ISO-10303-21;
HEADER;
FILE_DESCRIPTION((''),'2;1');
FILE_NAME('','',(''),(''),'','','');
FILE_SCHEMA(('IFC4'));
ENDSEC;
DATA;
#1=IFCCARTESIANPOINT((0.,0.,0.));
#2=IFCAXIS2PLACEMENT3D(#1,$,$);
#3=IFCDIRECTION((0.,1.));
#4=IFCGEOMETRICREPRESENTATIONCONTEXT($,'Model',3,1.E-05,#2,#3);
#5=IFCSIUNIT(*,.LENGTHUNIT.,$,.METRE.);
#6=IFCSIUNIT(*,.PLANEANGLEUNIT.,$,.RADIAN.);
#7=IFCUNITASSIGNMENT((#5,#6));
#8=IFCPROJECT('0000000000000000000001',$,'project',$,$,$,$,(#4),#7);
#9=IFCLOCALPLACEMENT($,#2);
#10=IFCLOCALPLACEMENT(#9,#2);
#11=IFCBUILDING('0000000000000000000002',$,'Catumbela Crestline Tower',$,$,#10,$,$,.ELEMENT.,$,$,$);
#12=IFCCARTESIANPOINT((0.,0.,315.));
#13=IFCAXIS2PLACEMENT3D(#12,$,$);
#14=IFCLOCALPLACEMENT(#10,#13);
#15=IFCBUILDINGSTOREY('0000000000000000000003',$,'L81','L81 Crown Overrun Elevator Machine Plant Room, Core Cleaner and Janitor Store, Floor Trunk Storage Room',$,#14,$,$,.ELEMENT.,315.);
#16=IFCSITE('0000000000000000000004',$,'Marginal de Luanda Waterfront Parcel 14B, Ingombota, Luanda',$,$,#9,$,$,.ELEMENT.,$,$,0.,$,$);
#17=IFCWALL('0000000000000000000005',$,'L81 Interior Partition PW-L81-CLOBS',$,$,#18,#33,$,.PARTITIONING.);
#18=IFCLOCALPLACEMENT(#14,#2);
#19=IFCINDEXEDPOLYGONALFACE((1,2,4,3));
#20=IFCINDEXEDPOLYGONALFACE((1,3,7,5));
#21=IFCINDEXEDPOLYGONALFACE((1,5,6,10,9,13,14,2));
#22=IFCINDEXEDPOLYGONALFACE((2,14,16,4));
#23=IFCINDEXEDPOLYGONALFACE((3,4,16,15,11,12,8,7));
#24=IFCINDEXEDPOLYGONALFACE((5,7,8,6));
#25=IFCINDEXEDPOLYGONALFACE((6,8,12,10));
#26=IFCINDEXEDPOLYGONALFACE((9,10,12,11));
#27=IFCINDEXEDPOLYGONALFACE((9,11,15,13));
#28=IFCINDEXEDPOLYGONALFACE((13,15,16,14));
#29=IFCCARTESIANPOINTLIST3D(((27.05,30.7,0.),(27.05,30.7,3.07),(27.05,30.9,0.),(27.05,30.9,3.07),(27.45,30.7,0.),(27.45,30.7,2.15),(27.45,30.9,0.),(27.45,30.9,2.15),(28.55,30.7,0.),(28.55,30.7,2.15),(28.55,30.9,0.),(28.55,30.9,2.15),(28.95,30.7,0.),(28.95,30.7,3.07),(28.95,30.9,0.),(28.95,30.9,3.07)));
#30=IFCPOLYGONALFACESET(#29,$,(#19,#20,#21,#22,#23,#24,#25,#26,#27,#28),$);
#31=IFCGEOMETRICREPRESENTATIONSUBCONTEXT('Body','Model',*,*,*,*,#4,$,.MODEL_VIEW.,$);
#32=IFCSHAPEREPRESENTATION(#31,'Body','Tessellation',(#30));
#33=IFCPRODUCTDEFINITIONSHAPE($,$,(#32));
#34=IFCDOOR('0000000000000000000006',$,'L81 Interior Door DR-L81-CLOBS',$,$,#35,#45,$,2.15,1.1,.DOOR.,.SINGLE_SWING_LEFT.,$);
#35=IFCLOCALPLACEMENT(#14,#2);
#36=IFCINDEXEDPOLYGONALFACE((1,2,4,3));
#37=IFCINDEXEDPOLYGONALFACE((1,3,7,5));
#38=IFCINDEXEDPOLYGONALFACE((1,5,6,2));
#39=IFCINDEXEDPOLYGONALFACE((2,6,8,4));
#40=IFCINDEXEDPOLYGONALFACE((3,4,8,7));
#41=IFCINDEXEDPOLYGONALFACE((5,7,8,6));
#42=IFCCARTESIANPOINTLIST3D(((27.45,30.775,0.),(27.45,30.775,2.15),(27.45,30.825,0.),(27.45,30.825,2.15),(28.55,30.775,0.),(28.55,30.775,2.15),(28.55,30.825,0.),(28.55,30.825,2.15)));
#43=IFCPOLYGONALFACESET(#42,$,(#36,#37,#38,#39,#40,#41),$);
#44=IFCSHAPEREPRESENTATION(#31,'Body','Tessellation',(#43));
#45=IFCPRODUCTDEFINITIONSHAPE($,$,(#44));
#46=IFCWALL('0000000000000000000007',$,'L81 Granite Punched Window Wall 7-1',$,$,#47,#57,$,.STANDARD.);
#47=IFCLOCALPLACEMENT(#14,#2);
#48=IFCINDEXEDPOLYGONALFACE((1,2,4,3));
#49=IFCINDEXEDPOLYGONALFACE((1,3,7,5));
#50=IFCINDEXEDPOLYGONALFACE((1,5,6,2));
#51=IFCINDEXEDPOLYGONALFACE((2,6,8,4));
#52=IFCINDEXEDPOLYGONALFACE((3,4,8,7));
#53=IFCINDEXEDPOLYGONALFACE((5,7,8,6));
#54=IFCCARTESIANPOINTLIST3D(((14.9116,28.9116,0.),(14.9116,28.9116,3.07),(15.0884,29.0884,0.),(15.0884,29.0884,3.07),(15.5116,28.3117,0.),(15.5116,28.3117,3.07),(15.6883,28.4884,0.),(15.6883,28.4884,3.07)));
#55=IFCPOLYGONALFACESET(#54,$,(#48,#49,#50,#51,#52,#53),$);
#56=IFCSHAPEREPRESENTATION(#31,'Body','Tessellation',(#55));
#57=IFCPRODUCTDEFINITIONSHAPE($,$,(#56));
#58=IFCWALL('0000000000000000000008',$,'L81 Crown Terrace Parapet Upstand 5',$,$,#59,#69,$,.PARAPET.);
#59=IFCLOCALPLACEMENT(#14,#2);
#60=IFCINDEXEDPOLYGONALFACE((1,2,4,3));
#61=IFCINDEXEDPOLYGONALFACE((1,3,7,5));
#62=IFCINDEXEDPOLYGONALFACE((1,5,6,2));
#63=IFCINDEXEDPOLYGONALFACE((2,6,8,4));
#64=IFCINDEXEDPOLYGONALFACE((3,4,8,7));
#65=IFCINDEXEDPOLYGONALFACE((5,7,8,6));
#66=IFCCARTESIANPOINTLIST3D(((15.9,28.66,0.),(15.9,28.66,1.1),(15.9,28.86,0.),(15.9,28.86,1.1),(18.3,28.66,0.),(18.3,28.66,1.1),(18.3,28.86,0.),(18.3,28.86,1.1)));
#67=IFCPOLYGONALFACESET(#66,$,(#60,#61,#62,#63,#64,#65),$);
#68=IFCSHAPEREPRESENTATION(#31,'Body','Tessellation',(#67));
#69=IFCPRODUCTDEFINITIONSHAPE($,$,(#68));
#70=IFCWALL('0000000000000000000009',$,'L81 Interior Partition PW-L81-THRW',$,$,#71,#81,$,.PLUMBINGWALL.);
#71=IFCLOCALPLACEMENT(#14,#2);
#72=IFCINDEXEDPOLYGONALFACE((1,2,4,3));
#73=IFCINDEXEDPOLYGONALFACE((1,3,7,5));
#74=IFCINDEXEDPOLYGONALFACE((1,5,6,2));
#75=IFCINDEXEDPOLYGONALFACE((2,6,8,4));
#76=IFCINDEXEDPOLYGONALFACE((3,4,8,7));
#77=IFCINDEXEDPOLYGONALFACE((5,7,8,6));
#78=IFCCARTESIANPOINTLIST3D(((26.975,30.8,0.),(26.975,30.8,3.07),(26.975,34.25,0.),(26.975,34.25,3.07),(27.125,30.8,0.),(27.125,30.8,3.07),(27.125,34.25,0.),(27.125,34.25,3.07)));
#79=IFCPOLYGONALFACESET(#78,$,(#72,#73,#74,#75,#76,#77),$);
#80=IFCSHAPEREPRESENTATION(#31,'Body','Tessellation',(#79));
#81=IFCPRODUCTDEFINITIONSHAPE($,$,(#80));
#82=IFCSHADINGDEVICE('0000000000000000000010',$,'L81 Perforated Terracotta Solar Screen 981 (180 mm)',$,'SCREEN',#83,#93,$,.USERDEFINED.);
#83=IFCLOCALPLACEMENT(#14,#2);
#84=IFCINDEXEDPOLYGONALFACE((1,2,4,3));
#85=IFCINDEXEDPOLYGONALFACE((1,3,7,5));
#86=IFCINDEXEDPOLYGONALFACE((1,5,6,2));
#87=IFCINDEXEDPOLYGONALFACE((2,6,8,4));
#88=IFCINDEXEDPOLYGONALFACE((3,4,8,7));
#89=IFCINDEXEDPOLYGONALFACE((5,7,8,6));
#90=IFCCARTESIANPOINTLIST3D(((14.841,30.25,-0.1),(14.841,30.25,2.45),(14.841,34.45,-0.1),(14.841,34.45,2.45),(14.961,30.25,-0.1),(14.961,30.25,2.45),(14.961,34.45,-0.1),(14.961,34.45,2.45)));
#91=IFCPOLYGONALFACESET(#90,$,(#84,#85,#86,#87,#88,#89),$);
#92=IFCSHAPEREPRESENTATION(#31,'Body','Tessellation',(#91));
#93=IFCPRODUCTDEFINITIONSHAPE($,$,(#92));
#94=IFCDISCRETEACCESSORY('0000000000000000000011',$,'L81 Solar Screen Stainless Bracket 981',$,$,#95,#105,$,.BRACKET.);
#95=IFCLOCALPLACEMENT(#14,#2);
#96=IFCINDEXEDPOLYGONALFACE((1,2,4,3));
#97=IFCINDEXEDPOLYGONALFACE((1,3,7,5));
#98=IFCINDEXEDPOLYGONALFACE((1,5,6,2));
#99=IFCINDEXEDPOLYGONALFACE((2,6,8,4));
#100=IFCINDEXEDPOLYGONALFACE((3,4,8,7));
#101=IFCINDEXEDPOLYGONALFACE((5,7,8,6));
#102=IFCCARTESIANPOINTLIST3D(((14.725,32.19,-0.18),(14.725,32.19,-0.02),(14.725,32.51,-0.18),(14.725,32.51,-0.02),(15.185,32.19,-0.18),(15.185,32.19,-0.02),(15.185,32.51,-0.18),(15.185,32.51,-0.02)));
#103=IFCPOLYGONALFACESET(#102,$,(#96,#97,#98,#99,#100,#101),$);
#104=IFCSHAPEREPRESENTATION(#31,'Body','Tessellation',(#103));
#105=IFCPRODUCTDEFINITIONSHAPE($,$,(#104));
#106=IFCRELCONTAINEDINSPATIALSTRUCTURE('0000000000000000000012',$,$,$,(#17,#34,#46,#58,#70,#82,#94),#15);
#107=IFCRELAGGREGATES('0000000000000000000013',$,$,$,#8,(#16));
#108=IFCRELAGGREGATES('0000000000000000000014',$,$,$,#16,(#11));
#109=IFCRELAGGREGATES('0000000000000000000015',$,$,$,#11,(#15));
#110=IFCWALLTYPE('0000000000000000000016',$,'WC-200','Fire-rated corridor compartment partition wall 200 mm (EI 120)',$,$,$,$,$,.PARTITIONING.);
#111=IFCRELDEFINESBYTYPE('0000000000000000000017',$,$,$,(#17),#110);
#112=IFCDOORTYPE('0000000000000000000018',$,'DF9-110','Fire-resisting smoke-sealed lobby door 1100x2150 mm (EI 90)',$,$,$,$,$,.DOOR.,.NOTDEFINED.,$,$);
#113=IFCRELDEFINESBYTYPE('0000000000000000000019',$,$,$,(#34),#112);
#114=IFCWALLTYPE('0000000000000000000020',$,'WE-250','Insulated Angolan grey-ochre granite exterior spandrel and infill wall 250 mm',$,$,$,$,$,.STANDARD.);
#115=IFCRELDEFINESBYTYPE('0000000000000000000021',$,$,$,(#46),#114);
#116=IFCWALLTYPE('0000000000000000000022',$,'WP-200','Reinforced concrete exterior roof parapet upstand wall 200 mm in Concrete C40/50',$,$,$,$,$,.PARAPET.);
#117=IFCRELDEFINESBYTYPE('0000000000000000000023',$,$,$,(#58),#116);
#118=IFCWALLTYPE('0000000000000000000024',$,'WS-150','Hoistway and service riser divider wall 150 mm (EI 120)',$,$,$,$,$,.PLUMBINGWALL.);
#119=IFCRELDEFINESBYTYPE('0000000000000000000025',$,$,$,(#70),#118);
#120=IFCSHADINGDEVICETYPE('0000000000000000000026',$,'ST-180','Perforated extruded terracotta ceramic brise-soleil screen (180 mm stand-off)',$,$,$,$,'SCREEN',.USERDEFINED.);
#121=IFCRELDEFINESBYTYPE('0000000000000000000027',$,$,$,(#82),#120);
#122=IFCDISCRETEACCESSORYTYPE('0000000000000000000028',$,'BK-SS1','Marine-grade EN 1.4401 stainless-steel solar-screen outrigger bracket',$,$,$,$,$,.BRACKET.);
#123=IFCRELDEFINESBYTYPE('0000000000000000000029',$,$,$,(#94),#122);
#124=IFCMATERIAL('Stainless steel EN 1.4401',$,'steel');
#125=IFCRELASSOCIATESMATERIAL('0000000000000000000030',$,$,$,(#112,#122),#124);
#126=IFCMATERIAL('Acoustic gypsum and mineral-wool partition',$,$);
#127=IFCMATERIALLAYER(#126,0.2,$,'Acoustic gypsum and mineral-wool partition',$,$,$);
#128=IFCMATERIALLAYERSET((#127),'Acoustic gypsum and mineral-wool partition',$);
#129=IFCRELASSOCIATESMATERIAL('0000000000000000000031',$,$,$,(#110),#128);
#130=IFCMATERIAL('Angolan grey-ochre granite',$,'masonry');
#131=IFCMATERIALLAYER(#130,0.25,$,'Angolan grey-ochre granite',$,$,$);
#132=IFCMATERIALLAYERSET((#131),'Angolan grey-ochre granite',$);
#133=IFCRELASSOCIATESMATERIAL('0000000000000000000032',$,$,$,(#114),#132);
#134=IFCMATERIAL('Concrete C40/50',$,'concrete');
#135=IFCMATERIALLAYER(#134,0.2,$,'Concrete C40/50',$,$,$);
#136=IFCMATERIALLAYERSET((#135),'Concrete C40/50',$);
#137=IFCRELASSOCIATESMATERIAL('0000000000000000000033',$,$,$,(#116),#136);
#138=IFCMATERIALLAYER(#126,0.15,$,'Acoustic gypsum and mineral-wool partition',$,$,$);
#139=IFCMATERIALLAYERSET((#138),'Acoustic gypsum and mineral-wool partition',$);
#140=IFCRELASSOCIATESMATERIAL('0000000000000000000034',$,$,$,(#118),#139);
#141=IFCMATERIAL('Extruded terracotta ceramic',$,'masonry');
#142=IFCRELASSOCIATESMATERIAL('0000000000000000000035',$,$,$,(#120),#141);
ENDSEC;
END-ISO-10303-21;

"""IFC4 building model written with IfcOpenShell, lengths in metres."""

from ifc_helpers import new_model, si_unit, direction, frame, frame_2d, origin, origin_2d, place, context, subcontext, project, spatial, rectangle, extrude, material, layer, layer_set, type_object, element, fill, save


model = new_model("IFC4")

# Units and contexts
model_context = context("Model", 3, precision=1e-05, world=origin(), true_north=direction((0.0, 1.0)))
body_context = subcontext(model_context, "Body", "Model", "MODEL_VIEW")
ifc_project = project(units=[si_unit("LENGTHUNIT", "METRE"), si_unit("PLANEANGLEUNIT", "RADIAN")], contexts=[model_context])

# Site, building, storey
site_placement = place(None, origin())
site = spatial("IfcSite", under=ifc_project, at=site_placement, Name="Marginal de Luanda Waterfront Parcel 14B, Ingombota, Luanda", CompositionType="ELEMENT", RefElevation=0.0)
building_placement = place(site_placement, origin())
building = spatial("IfcBuilding", under=site, at=building_placement, Name="Catumbela Crestline Tower", CompositionType="ELEMENT")
storey_placement = place(building_placement, frame((0.0, 0.0, 315.0)))
storey = spatial("IfcBuildingStorey", under=building, at=storey_placement, Name="L81", Description="L81 Crown Overrun Elevator Machine Plant Room, Core Cleaner and Janitor Store, Floor Trunk Storage Room", CompositionType="ELEMENT", Elevation=315.0)

# Wall, opening, door
ifc_material_1 = material(Name="Stainless steel EN 1.4401", Category="steel")
door_type = type_object("IfcDoorType", Name="DF9-110", Description="Fire-resisting smoke-sealed lobby door 1100x2150 mm (EI 90)", OperationType="NOTDEFINED", PredefinedType="DOOR", material=ifc_material_1)
ifc_material_2 = material(Name="Acoustic gypsum and mineral-wool partition")
ifc_layer_1 = layer(ifc_material_2, 0.2, Name="Acoustic gypsum and mineral-wool partition")
ifc_layer_set_1 = layer_set([ifc_layer_1], Name="Acoustic gypsum and mineral-wool partition")
wall_type_1 = type_object("IfcWallType", Name="WC-200", Description="Fire-rated corridor compartment partition wall 200 mm (EI 120)", PredefinedType="PARTITIONING", material=ifc_layer_set_1)
wall_1_placement = place(storey_placement, frame((27.05, 30.8, 0.0), z_axis=(0.0, 0.0, 1.0), x_axis=(1.0, 0.0, 0.0)))
wall_1 = element("IfcWall", 1, at=wall_1_placement, inside=storey, type_object=wall_type_1, Name="L81 Interior Partition PW-L81-CLOBS", PredefinedType="PARTITIONING", context=body_context, shape_type="SweptSolid", body=[
    extrude(rectangle(XDim=1.9, YDim=0.2, at=frame_2d((0.95, 0.0))), origin(), (0.0, 0.0, 1.0), 3.07),
])
opening_1_placement = place(wall_1_placement, frame((0.4, 0.0, 0.0)))
opening_1 = element("IfcOpeningElement", 2, at=opening_1_placement, cuts=wall_1, PredefinedType="OPENING", context=body_context, shape_type="SweptSolid", body=[
    extrude(rectangle(XDim=1.1, YDim=2.15, at=frame_2d((0.55, 1.075))), frame((0.0, 0.11, 0.0), z_axis=(0.0, -1.0, 0.0), x_axis=(1.0, 0.0, 0.0)), (0.0, 0.0, 1.0), 0.22),
])
door_1_placement = place(opening_1_placement, origin())
door_1 = element("IfcDoor", 3, at=door_1_placement, inside=storey, type_object=door_type, Name="L81 Interior Door DR-L81-CLOBS", OperationType="SINGLE_SWING_LEFT", OverallHeight=2.15, OverallWidth=1.1, PredefinedType="DOOR", context=body_context, shape_type="SweptSolid", body=[
    extrude(rectangle(XDim=1.1, YDim=2.15, at=frame_2d((0.55, 1.075))), frame((0.0, 0.025, 0.0), z_axis=(0.0, -1.0, 0.0), x_axis=(1.0, 0.0, 0.0)), (0.0, 0.0, 1.0), 0.05),
])
fill(opening_1, door_1)

# Walls
ifc_material_3 = material(Name="Angolan grey-ochre granite", Category="masonry")
ifc_layer_2 = layer(ifc_material_3, 0.25, Name="Angolan grey-ochre granite")
ifc_layer_set_2 = layer_set([ifc_layer_2], Name="Angolan grey-ochre granite")
wall_type_2 = type_object("IfcWallType", Name="WE-250", Description="Insulated Angolan grey-ochre granite exterior spandrel and infill wall 250 mm", PredefinedType="STANDARD", material=ifc_layer_set_2)
wall_2_placement = place(storey_placement, frame((15.0, 29.0, 0.0), z_axis=(0.0, 0.0, 1.0), x_axis=(0.707107, -0.707107, 0.0)))
element("IfcWall", 4, at=wall_2_placement, inside=storey, type_object=wall_type_2, Name="L81 Granite Punched Window Wall 7-1", PredefinedType="STANDARD", context=body_context, shape_type="SweptSolid", body=[
    extrude(rectangle(XDim=0.8485, YDim=0.25, at=frame_2d((0.4242, 0.0))), origin(), (0.0, 0.0, 1.0), 3.07),
])
ifc_material_4 = material(Name="Concrete C40/50", Category="concrete")
ifc_layer_3 = layer(ifc_material_4, 0.2, Name="Concrete C40/50")
ifc_layer_set_3 = layer_set([ifc_layer_3], Name="Concrete C40/50")
wall_type_3 = type_object("IfcWallType", Name="WP-200", Description="Reinforced concrete exterior roof parapet upstand wall 200 mm in Concrete C40/50", PredefinedType="PARAPET", material=ifc_layer_set_3)
wall_3_placement = place(storey_placement, frame((15.9, 28.76, 0.0), z_axis=(0.0, 0.0, 1.0), x_axis=(1.0, 0.0, 0.0)))
element("IfcWall", 5, at=wall_3_placement, inside=storey, type_object=wall_type_3, Name="L81 Crown Terrace Parapet Upstand 5", PredefinedType="PARAPET", context=body_context, shape_type="SweptSolid", body=[
    extrude(rectangle(XDim=2.4, YDim=0.2, at=frame_2d((1.2, 0.0))), origin(), (0.0, 0.0, 1.0), 1.1),
])
ifc_layer_4 = layer(ifc_material_2, 0.15, Name="Acoustic gypsum and mineral-wool partition")
ifc_layer_set_4 = layer_set([ifc_layer_4], Name="Acoustic gypsum and mineral-wool partition")
wall_type_4 = type_object("IfcWallType", Name="WS-150", Description="Hoistway and service riser divider wall 150 mm (EI 120)", PredefinedType="PLUMBINGWALL", material=ifc_layer_set_4)
wall_4_placement = place(storey_placement, frame((27.05, 30.8, 0.0), z_axis=(0.0, 0.0, 1.0), x_axis=(0.0, 1.0, 0.0)))
element("IfcWall", 6, at=wall_4_placement, inside=storey, type_object=wall_type_4, Name="L81 Interior Partition PW-L81-THRW", PredefinedType="PLUMBINGWALL", context=body_context, shape_type="SweptSolid", body=[
    extrude(rectangle(XDim=3.45, YDim=0.15, at=frame_2d((1.725, 0.0))), origin(), (0.0, 0.0, 1.0), 3.07),
])

# Shading device
ifc_material_5 = material(Name="Extruded terracotta ceramic", Category="masonry")
shading_device_type = type_object("IfcShadingDeviceType", Name="ST-180", Description="Perforated extruded terracotta ceramic brise-soleil screen (180 mm stand-off)", ElementType="SCREEN", PredefinedType="USERDEFINED", material=ifc_material_5)
shading_device_placement = place(storey_placement, frame((14.901, 32.35, -0.1), z_axis=(0.0, 0.0, 1.0), x_axis=(0.0, -1.0, 0.0)))
element("IfcShadingDevice", 7, at=shading_device_placement, inside=storey, type_object=shading_device_type, Name="L81 Perforated Terracotta Solar Screen 981 (180 mm)", ObjectType="SCREEN", PredefinedType="USERDEFINED", context=body_context, shape_type="SweptSolid", body=[
    extrude(rectangle(XDim=4.2, YDim=0.12, at=origin_2d()), origin(), (0.0, 0.0, 1.0), 2.55),
])

# Discrete accessory
discrete_accessory_type = type_object("IfcDiscreteAccessoryType", Name="BK-SS1", Description="Marine-grade EN 1.4401 stainless-steel solar-screen outrigger bracket", PredefinedType="BRACKET", material=ifc_material_1)
discrete_accessory_placement = place(storey_placement, frame((14.955, 32.35, -0.18), z_axis=(0.0, 0.0, 1.0), x_axis=(0.0, -1.0, 0.0)))
element("IfcDiscreteAccessory", 8, at=discrete_accessory_placement, inside=storey, type_object=discrete_accessory_type, Name="L81 Solar Screen Stainless Bracket 981", PredefinedType="BRACKET", context=body_context, shape_type="SweptSolid", body=[
    extrude(rectangle(XDim=0.32, YDim=0.46, at=origin_2d()), origin(), (0.0, 0.0, 1.0), 0.16),
])

save(model, "model.ifc")
